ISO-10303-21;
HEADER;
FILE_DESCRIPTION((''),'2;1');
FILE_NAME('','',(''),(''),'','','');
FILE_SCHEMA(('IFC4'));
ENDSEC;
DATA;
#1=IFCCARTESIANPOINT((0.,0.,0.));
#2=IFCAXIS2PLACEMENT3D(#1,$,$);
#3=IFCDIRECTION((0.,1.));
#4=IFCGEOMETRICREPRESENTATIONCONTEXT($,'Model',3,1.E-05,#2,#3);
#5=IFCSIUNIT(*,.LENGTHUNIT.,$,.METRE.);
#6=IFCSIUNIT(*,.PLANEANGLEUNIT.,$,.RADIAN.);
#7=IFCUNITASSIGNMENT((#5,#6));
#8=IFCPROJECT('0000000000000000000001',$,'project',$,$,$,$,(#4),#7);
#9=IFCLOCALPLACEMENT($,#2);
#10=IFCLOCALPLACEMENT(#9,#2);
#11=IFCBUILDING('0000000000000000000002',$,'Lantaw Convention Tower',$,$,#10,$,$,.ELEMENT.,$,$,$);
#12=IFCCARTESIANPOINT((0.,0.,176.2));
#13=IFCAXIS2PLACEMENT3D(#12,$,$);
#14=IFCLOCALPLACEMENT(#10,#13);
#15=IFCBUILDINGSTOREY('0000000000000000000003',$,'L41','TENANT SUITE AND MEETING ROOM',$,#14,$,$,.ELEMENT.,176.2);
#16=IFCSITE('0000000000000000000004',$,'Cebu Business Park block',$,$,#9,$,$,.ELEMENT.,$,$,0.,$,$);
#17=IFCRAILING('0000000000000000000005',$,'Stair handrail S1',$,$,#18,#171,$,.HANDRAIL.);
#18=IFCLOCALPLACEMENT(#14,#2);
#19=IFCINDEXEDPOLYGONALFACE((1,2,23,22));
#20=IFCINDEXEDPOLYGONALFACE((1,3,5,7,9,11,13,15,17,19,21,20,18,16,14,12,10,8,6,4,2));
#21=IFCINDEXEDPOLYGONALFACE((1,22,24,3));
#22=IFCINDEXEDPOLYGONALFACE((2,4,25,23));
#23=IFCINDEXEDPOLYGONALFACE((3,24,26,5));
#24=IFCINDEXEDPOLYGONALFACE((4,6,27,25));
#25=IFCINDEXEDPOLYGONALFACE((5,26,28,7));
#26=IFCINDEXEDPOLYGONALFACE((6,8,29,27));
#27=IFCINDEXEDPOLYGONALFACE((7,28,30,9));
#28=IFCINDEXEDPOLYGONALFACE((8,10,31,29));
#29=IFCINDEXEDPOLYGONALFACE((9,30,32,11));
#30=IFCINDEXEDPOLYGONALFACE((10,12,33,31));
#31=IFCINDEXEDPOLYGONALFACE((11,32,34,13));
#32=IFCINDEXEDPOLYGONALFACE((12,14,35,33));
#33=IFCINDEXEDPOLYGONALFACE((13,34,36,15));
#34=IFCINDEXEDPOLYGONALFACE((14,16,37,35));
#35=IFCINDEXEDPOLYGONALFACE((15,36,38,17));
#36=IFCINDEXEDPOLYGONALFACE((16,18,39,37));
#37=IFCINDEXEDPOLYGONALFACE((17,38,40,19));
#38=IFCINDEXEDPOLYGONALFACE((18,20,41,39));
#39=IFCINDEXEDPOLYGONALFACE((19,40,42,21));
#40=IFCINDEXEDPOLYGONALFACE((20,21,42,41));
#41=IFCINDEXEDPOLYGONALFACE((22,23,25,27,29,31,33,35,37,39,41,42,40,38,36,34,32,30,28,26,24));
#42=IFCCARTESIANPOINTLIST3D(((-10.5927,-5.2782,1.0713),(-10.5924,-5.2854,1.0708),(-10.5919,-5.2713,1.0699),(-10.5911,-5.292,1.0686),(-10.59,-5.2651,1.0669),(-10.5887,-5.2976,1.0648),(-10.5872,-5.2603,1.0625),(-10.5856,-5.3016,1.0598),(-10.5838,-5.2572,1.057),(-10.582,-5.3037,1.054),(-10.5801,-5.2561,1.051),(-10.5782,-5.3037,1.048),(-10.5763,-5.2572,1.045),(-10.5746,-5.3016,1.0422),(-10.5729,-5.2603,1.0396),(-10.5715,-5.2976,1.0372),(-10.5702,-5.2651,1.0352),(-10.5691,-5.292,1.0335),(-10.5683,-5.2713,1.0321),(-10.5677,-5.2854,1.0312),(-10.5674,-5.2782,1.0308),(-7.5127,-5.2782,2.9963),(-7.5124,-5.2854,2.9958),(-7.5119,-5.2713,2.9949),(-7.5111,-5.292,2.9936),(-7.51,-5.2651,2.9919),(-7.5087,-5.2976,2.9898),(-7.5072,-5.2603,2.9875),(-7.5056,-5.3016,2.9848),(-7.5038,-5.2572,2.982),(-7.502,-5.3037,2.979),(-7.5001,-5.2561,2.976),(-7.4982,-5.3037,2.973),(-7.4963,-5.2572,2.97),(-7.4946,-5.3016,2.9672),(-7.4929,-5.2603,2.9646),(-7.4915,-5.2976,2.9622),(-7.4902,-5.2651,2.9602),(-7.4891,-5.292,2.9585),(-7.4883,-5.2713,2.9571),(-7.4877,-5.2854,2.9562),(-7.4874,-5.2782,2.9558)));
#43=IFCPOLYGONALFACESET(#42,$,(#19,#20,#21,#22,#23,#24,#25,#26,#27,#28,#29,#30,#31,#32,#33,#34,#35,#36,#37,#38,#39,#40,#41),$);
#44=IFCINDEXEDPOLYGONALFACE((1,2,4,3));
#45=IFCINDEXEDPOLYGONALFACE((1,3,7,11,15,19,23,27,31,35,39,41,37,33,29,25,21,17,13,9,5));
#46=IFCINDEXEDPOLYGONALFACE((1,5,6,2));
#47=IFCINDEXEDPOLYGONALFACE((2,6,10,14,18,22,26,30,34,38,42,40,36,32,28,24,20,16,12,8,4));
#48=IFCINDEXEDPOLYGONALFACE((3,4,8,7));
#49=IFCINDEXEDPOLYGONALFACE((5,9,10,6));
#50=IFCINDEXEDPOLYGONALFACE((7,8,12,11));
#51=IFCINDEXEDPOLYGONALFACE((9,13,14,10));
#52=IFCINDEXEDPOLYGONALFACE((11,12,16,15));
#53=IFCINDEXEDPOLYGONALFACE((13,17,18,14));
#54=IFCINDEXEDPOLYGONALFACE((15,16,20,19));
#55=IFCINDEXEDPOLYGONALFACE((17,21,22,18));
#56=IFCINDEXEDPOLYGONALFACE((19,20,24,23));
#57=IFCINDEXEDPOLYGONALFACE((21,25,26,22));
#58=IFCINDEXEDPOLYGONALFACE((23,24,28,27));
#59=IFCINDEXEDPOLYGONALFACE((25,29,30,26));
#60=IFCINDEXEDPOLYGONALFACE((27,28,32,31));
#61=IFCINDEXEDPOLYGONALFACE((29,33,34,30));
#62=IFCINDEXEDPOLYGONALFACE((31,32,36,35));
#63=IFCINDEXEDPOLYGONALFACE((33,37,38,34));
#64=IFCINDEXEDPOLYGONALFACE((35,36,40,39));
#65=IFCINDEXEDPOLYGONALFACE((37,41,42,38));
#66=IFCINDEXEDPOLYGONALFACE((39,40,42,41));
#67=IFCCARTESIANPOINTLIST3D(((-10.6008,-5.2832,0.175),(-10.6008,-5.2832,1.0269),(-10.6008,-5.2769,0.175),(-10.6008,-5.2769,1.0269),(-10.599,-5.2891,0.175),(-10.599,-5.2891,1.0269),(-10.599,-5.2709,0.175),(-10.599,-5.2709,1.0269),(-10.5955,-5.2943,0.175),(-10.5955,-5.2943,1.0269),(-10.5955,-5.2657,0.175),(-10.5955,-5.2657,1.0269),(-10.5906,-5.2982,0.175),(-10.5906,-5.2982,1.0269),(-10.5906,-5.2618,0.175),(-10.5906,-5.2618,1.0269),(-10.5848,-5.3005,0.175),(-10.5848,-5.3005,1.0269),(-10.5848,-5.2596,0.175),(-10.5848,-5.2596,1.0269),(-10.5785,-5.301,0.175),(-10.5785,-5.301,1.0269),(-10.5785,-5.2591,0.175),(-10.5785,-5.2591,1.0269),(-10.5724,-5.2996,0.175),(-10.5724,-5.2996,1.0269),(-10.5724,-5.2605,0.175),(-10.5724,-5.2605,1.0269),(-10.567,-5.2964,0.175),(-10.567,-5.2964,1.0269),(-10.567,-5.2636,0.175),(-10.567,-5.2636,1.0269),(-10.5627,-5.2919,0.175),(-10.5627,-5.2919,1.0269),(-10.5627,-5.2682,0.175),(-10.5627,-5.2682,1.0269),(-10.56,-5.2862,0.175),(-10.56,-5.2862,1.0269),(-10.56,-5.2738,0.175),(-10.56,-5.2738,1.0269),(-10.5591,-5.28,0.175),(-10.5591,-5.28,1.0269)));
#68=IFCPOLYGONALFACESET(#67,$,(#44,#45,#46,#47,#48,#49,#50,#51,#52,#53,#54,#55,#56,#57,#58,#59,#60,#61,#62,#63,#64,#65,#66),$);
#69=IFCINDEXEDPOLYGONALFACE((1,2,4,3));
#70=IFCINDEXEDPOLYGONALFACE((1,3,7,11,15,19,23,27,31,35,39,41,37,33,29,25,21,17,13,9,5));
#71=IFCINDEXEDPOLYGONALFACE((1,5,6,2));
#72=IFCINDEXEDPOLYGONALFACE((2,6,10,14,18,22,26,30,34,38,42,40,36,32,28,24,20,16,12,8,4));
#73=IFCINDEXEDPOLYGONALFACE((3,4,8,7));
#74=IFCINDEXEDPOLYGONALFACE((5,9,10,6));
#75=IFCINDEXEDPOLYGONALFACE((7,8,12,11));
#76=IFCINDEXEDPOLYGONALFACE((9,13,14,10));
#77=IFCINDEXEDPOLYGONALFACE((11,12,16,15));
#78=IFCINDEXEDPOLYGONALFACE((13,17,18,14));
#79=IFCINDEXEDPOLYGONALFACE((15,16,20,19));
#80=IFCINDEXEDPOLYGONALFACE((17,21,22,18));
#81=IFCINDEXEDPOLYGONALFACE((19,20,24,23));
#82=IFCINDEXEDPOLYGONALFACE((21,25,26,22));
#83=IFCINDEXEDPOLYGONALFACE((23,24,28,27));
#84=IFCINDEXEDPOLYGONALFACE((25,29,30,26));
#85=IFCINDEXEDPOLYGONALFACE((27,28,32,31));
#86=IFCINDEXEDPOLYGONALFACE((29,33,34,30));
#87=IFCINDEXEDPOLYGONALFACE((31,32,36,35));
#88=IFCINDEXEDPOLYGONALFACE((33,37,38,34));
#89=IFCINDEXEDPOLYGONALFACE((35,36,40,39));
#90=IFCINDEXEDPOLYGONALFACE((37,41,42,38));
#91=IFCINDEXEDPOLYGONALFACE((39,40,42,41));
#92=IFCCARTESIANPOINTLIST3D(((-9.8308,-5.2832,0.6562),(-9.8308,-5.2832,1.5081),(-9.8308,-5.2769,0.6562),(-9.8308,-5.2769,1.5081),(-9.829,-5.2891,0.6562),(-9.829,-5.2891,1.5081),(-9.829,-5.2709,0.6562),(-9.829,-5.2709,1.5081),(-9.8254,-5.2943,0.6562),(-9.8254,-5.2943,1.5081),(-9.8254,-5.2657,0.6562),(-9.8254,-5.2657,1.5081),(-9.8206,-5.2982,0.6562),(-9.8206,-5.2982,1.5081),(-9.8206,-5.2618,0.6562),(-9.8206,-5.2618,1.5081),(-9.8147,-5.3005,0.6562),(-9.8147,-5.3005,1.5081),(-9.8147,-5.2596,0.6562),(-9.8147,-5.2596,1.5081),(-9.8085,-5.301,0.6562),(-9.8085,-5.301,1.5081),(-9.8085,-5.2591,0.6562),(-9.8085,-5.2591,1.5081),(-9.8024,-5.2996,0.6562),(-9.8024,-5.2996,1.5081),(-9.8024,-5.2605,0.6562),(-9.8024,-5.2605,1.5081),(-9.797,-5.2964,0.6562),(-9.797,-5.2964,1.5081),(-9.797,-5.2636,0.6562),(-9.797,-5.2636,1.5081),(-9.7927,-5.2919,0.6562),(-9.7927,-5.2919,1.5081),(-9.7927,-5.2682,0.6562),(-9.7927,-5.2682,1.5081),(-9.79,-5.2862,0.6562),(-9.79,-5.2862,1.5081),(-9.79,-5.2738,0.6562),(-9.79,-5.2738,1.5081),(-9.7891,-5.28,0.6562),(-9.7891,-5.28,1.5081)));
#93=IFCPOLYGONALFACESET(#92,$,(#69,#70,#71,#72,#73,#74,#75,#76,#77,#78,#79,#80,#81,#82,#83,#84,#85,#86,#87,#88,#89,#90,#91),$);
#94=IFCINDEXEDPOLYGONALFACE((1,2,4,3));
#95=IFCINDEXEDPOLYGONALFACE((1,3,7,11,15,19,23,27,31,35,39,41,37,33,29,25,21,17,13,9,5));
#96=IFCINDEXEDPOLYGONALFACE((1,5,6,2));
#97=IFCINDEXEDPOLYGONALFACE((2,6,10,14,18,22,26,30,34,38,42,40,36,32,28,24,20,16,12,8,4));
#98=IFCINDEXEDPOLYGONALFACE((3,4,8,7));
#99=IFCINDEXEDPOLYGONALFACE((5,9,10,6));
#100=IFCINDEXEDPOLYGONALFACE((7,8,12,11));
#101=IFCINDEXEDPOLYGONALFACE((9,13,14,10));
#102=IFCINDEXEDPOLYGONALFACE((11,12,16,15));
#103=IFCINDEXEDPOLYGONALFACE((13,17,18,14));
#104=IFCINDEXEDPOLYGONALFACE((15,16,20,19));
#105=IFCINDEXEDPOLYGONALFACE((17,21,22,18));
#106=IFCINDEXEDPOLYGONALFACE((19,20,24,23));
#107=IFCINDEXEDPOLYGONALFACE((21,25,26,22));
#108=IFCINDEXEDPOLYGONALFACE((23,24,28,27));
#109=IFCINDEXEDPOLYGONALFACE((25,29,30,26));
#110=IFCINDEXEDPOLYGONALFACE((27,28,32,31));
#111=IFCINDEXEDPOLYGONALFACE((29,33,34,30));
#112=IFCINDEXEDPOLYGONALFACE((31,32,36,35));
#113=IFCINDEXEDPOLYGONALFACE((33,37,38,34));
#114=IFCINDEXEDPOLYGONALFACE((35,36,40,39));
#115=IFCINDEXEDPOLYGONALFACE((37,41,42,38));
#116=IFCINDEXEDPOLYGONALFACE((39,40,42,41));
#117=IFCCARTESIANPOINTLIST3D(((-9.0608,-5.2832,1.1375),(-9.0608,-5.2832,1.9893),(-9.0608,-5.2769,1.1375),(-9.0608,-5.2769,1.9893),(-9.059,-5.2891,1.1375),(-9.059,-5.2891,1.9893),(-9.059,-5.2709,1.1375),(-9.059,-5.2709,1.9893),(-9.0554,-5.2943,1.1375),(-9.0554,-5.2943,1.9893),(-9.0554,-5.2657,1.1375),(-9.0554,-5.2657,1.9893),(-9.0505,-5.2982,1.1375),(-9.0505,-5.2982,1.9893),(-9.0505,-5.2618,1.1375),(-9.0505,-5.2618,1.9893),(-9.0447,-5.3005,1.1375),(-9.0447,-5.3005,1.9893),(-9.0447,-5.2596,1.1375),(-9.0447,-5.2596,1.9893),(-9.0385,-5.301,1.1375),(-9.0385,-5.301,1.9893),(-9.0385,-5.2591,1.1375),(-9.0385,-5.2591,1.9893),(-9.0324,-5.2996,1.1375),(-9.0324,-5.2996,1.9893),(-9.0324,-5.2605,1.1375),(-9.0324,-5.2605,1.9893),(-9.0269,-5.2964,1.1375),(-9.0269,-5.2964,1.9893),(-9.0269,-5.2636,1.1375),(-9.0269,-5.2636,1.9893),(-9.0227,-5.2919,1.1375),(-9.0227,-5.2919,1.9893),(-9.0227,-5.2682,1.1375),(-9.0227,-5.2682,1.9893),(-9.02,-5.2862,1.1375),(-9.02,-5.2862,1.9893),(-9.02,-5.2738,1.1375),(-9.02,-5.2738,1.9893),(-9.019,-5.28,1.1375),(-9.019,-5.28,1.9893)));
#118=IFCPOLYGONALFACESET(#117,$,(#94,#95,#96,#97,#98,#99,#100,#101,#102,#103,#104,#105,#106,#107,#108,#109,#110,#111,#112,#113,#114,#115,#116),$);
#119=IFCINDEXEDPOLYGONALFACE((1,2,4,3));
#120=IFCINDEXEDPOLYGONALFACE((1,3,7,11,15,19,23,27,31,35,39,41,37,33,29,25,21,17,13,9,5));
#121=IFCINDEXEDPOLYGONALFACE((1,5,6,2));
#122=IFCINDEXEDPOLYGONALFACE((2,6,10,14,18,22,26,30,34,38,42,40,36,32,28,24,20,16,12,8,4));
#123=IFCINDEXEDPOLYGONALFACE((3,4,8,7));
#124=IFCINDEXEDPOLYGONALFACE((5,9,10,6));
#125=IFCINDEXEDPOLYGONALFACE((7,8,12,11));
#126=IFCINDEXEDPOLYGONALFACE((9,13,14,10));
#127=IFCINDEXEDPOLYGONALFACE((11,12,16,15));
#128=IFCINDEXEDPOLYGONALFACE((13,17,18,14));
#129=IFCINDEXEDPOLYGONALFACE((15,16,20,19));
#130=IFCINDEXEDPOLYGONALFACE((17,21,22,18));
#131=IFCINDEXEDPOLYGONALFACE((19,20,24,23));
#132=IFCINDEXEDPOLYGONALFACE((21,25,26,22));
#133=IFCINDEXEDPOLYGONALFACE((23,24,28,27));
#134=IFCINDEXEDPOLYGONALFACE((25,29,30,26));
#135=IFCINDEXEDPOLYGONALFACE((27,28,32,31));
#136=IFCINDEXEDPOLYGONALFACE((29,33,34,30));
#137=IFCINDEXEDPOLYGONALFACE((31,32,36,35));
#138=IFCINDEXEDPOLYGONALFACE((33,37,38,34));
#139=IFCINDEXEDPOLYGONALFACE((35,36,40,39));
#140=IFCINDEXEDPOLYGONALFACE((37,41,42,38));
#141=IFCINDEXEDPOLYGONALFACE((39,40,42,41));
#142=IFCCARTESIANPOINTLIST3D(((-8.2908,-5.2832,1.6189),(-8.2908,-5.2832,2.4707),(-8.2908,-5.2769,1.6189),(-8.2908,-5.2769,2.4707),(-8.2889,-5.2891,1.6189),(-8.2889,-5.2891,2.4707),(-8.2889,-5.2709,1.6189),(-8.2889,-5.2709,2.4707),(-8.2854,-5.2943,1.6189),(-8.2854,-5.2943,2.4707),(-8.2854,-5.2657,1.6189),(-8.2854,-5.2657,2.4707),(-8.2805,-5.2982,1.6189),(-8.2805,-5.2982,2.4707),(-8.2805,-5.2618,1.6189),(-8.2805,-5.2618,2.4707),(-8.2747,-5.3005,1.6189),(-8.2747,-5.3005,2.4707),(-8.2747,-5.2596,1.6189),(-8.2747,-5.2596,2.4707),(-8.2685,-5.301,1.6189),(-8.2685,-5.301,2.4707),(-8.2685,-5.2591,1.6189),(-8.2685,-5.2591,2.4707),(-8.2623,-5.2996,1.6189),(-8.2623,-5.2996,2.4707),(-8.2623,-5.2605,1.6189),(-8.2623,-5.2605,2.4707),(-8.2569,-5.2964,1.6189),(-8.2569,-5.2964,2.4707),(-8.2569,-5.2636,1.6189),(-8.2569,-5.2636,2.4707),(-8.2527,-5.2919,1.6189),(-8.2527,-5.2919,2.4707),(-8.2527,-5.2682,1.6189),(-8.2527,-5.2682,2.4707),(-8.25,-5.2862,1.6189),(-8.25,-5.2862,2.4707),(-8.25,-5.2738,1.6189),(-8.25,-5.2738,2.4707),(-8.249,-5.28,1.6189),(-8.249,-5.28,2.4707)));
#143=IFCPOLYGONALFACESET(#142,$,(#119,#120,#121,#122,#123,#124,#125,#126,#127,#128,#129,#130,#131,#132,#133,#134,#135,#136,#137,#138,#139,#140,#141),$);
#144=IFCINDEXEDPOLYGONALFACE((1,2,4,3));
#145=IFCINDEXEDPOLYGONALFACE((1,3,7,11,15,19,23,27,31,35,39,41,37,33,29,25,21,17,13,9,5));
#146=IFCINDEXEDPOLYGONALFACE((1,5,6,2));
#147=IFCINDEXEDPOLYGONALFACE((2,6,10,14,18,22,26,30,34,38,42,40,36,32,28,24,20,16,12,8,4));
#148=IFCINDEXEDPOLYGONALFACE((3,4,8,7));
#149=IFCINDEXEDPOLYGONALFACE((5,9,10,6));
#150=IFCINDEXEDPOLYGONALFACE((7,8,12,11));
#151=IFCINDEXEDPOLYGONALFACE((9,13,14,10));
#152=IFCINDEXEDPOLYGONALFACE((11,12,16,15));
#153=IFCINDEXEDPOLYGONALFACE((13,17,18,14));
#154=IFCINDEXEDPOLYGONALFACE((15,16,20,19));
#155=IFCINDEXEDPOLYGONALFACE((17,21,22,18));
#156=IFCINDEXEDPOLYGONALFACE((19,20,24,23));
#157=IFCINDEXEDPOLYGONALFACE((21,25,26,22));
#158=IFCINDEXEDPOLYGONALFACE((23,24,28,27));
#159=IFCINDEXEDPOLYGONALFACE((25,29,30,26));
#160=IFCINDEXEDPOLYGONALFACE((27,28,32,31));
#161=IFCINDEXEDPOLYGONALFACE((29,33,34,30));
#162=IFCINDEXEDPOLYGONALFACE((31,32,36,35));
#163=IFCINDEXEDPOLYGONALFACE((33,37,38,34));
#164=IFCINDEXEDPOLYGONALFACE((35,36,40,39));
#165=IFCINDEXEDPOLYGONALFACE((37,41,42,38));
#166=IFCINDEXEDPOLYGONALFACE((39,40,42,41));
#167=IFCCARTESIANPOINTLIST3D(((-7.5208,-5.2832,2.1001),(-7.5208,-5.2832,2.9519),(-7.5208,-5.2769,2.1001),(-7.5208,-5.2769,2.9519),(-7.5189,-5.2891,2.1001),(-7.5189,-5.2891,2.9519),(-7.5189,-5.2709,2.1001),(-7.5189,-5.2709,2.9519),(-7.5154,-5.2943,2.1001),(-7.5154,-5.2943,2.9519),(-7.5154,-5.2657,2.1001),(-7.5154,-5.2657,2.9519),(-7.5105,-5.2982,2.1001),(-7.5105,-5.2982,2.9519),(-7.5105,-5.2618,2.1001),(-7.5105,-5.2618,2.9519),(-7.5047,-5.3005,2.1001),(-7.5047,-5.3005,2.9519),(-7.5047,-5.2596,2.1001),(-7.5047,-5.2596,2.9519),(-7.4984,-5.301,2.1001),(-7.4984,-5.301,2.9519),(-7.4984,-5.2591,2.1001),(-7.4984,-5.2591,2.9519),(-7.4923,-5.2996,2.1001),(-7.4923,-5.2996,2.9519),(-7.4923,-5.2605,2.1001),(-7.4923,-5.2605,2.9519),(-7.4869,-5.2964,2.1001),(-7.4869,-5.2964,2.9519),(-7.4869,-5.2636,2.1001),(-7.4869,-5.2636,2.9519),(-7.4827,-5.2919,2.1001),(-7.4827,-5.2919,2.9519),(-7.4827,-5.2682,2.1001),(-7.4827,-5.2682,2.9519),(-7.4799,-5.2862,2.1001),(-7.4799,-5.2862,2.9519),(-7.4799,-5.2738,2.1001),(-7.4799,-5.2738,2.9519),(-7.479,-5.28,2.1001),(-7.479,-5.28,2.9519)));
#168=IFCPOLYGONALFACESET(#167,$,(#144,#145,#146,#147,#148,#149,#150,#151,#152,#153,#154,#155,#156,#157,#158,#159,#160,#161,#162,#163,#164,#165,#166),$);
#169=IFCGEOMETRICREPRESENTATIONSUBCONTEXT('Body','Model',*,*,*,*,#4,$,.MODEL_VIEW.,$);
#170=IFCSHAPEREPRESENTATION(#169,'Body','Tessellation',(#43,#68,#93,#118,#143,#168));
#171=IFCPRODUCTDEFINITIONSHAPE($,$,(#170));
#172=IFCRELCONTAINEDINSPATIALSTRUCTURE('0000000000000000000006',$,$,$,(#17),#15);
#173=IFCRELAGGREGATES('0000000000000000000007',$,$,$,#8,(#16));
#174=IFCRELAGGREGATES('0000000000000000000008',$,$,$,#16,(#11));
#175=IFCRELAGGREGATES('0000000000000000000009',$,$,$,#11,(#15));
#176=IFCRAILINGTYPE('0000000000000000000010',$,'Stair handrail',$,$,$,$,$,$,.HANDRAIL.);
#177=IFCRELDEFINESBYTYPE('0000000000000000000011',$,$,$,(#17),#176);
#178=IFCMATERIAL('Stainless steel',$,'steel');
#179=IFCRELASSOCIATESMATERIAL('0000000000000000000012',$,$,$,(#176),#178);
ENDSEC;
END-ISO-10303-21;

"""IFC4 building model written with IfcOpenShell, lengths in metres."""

from ifc_helpers import new_model, si_unit, direction, frame, origin, origin_2d, place, context, subcontext, project, spatial, circle, extrude, material, type_object, element, save


model = new_model("IFC4")

# Units and contexts
model_context = context("Model", 3, precision=1e-05, world=origin(), true_north=direction((0.0, 1.0)))
body_context = subcontext(model_context, "Body", "Model", "MODEL_VIEW")
ifc_project = project(units=[si_unit("LENGTHUNIT", "METRE"), si_unit("PLANEANGLEUNIT", "RADIAN")], contexts=[model_context])

# Site, building, storey
site_placement = place(None, origin())
site = spatial("IfcSite", under=ifc_project, at=site_placement, Name="Cebu Business Park block", CompositionType="ELEMENT", RefElevation=0.0)
building_placement = place(site_placement, origin())
building = spatial("IfcBuilding", under=site, at=building_placement, Name="Lantaw Convention Tower", CompositionType="ELEMENT")
storey_placement = place(building_placement, frame((0.0, 0.0, 176.2)))
storey = spatial("IfcBuildingStorey", under=building, at=storey_placement, Name="L41", Description="TENANT SUITE AND MEETING ROOM", CompositionType="ELEMENT", Elevation=176.2)

# Railing
ifc_material_1 = material(Name="Stainless steel", Category="steel")
railing_type = type_object("IfcRailingType", Name="Stair handrail", PredefinedType="HANDRAIL", material=ifc_material_1)
railing_1_placement = place(storey_placement, frame((-10.5801, -5.28, 0.175)))
element("IfcRailing", 1, at=railing_1_placement, inside=storey, type_object=railing_type, Name="Stair handrail S1", PredefinedType="HANDRAIL", context=body_context, shape_type="SweptSolid", body=[
    extrude(circle(Radius=0.0239, at=origin_2d()), frame((0.0, 0.0, 0.876), z_axis=(0.847998, 0.0, 0.529999), x_axis=(0.0, 1.0, 0.0)), (0.0, 0.0, 1.0), 3.6321),
    extrude(circle(Radius=0.021, at=origin_2d()), origin(), (0.0, 0.0, 1.0), 0.8518),
    extrude(circle(Radius=0.021, at=origin_2d()), frame((0.77, 0.0, 0.4812)), (0.0, 0.0, 1.0), 0.8518),
    extrude(circle(Radius=0.021, at=origin_2d()), frame((1.54, 0.0, 0.9624)), (0.0, 0.0, 1.0), 0.8518),
    extrude(circle(Radius=0.021, at=origin_2d()), frame((2.3101, 0.0, 1.4438)), (0.0, 0.0, 1.0), 0.8518),
    extrude(circle(Radius=0.021, at=origin_2d()), frame((3.0801, 0.0, 1.925)), (0.0, 0.0, 1.0), 0.8518),
])

save(model, "model.ifc")
